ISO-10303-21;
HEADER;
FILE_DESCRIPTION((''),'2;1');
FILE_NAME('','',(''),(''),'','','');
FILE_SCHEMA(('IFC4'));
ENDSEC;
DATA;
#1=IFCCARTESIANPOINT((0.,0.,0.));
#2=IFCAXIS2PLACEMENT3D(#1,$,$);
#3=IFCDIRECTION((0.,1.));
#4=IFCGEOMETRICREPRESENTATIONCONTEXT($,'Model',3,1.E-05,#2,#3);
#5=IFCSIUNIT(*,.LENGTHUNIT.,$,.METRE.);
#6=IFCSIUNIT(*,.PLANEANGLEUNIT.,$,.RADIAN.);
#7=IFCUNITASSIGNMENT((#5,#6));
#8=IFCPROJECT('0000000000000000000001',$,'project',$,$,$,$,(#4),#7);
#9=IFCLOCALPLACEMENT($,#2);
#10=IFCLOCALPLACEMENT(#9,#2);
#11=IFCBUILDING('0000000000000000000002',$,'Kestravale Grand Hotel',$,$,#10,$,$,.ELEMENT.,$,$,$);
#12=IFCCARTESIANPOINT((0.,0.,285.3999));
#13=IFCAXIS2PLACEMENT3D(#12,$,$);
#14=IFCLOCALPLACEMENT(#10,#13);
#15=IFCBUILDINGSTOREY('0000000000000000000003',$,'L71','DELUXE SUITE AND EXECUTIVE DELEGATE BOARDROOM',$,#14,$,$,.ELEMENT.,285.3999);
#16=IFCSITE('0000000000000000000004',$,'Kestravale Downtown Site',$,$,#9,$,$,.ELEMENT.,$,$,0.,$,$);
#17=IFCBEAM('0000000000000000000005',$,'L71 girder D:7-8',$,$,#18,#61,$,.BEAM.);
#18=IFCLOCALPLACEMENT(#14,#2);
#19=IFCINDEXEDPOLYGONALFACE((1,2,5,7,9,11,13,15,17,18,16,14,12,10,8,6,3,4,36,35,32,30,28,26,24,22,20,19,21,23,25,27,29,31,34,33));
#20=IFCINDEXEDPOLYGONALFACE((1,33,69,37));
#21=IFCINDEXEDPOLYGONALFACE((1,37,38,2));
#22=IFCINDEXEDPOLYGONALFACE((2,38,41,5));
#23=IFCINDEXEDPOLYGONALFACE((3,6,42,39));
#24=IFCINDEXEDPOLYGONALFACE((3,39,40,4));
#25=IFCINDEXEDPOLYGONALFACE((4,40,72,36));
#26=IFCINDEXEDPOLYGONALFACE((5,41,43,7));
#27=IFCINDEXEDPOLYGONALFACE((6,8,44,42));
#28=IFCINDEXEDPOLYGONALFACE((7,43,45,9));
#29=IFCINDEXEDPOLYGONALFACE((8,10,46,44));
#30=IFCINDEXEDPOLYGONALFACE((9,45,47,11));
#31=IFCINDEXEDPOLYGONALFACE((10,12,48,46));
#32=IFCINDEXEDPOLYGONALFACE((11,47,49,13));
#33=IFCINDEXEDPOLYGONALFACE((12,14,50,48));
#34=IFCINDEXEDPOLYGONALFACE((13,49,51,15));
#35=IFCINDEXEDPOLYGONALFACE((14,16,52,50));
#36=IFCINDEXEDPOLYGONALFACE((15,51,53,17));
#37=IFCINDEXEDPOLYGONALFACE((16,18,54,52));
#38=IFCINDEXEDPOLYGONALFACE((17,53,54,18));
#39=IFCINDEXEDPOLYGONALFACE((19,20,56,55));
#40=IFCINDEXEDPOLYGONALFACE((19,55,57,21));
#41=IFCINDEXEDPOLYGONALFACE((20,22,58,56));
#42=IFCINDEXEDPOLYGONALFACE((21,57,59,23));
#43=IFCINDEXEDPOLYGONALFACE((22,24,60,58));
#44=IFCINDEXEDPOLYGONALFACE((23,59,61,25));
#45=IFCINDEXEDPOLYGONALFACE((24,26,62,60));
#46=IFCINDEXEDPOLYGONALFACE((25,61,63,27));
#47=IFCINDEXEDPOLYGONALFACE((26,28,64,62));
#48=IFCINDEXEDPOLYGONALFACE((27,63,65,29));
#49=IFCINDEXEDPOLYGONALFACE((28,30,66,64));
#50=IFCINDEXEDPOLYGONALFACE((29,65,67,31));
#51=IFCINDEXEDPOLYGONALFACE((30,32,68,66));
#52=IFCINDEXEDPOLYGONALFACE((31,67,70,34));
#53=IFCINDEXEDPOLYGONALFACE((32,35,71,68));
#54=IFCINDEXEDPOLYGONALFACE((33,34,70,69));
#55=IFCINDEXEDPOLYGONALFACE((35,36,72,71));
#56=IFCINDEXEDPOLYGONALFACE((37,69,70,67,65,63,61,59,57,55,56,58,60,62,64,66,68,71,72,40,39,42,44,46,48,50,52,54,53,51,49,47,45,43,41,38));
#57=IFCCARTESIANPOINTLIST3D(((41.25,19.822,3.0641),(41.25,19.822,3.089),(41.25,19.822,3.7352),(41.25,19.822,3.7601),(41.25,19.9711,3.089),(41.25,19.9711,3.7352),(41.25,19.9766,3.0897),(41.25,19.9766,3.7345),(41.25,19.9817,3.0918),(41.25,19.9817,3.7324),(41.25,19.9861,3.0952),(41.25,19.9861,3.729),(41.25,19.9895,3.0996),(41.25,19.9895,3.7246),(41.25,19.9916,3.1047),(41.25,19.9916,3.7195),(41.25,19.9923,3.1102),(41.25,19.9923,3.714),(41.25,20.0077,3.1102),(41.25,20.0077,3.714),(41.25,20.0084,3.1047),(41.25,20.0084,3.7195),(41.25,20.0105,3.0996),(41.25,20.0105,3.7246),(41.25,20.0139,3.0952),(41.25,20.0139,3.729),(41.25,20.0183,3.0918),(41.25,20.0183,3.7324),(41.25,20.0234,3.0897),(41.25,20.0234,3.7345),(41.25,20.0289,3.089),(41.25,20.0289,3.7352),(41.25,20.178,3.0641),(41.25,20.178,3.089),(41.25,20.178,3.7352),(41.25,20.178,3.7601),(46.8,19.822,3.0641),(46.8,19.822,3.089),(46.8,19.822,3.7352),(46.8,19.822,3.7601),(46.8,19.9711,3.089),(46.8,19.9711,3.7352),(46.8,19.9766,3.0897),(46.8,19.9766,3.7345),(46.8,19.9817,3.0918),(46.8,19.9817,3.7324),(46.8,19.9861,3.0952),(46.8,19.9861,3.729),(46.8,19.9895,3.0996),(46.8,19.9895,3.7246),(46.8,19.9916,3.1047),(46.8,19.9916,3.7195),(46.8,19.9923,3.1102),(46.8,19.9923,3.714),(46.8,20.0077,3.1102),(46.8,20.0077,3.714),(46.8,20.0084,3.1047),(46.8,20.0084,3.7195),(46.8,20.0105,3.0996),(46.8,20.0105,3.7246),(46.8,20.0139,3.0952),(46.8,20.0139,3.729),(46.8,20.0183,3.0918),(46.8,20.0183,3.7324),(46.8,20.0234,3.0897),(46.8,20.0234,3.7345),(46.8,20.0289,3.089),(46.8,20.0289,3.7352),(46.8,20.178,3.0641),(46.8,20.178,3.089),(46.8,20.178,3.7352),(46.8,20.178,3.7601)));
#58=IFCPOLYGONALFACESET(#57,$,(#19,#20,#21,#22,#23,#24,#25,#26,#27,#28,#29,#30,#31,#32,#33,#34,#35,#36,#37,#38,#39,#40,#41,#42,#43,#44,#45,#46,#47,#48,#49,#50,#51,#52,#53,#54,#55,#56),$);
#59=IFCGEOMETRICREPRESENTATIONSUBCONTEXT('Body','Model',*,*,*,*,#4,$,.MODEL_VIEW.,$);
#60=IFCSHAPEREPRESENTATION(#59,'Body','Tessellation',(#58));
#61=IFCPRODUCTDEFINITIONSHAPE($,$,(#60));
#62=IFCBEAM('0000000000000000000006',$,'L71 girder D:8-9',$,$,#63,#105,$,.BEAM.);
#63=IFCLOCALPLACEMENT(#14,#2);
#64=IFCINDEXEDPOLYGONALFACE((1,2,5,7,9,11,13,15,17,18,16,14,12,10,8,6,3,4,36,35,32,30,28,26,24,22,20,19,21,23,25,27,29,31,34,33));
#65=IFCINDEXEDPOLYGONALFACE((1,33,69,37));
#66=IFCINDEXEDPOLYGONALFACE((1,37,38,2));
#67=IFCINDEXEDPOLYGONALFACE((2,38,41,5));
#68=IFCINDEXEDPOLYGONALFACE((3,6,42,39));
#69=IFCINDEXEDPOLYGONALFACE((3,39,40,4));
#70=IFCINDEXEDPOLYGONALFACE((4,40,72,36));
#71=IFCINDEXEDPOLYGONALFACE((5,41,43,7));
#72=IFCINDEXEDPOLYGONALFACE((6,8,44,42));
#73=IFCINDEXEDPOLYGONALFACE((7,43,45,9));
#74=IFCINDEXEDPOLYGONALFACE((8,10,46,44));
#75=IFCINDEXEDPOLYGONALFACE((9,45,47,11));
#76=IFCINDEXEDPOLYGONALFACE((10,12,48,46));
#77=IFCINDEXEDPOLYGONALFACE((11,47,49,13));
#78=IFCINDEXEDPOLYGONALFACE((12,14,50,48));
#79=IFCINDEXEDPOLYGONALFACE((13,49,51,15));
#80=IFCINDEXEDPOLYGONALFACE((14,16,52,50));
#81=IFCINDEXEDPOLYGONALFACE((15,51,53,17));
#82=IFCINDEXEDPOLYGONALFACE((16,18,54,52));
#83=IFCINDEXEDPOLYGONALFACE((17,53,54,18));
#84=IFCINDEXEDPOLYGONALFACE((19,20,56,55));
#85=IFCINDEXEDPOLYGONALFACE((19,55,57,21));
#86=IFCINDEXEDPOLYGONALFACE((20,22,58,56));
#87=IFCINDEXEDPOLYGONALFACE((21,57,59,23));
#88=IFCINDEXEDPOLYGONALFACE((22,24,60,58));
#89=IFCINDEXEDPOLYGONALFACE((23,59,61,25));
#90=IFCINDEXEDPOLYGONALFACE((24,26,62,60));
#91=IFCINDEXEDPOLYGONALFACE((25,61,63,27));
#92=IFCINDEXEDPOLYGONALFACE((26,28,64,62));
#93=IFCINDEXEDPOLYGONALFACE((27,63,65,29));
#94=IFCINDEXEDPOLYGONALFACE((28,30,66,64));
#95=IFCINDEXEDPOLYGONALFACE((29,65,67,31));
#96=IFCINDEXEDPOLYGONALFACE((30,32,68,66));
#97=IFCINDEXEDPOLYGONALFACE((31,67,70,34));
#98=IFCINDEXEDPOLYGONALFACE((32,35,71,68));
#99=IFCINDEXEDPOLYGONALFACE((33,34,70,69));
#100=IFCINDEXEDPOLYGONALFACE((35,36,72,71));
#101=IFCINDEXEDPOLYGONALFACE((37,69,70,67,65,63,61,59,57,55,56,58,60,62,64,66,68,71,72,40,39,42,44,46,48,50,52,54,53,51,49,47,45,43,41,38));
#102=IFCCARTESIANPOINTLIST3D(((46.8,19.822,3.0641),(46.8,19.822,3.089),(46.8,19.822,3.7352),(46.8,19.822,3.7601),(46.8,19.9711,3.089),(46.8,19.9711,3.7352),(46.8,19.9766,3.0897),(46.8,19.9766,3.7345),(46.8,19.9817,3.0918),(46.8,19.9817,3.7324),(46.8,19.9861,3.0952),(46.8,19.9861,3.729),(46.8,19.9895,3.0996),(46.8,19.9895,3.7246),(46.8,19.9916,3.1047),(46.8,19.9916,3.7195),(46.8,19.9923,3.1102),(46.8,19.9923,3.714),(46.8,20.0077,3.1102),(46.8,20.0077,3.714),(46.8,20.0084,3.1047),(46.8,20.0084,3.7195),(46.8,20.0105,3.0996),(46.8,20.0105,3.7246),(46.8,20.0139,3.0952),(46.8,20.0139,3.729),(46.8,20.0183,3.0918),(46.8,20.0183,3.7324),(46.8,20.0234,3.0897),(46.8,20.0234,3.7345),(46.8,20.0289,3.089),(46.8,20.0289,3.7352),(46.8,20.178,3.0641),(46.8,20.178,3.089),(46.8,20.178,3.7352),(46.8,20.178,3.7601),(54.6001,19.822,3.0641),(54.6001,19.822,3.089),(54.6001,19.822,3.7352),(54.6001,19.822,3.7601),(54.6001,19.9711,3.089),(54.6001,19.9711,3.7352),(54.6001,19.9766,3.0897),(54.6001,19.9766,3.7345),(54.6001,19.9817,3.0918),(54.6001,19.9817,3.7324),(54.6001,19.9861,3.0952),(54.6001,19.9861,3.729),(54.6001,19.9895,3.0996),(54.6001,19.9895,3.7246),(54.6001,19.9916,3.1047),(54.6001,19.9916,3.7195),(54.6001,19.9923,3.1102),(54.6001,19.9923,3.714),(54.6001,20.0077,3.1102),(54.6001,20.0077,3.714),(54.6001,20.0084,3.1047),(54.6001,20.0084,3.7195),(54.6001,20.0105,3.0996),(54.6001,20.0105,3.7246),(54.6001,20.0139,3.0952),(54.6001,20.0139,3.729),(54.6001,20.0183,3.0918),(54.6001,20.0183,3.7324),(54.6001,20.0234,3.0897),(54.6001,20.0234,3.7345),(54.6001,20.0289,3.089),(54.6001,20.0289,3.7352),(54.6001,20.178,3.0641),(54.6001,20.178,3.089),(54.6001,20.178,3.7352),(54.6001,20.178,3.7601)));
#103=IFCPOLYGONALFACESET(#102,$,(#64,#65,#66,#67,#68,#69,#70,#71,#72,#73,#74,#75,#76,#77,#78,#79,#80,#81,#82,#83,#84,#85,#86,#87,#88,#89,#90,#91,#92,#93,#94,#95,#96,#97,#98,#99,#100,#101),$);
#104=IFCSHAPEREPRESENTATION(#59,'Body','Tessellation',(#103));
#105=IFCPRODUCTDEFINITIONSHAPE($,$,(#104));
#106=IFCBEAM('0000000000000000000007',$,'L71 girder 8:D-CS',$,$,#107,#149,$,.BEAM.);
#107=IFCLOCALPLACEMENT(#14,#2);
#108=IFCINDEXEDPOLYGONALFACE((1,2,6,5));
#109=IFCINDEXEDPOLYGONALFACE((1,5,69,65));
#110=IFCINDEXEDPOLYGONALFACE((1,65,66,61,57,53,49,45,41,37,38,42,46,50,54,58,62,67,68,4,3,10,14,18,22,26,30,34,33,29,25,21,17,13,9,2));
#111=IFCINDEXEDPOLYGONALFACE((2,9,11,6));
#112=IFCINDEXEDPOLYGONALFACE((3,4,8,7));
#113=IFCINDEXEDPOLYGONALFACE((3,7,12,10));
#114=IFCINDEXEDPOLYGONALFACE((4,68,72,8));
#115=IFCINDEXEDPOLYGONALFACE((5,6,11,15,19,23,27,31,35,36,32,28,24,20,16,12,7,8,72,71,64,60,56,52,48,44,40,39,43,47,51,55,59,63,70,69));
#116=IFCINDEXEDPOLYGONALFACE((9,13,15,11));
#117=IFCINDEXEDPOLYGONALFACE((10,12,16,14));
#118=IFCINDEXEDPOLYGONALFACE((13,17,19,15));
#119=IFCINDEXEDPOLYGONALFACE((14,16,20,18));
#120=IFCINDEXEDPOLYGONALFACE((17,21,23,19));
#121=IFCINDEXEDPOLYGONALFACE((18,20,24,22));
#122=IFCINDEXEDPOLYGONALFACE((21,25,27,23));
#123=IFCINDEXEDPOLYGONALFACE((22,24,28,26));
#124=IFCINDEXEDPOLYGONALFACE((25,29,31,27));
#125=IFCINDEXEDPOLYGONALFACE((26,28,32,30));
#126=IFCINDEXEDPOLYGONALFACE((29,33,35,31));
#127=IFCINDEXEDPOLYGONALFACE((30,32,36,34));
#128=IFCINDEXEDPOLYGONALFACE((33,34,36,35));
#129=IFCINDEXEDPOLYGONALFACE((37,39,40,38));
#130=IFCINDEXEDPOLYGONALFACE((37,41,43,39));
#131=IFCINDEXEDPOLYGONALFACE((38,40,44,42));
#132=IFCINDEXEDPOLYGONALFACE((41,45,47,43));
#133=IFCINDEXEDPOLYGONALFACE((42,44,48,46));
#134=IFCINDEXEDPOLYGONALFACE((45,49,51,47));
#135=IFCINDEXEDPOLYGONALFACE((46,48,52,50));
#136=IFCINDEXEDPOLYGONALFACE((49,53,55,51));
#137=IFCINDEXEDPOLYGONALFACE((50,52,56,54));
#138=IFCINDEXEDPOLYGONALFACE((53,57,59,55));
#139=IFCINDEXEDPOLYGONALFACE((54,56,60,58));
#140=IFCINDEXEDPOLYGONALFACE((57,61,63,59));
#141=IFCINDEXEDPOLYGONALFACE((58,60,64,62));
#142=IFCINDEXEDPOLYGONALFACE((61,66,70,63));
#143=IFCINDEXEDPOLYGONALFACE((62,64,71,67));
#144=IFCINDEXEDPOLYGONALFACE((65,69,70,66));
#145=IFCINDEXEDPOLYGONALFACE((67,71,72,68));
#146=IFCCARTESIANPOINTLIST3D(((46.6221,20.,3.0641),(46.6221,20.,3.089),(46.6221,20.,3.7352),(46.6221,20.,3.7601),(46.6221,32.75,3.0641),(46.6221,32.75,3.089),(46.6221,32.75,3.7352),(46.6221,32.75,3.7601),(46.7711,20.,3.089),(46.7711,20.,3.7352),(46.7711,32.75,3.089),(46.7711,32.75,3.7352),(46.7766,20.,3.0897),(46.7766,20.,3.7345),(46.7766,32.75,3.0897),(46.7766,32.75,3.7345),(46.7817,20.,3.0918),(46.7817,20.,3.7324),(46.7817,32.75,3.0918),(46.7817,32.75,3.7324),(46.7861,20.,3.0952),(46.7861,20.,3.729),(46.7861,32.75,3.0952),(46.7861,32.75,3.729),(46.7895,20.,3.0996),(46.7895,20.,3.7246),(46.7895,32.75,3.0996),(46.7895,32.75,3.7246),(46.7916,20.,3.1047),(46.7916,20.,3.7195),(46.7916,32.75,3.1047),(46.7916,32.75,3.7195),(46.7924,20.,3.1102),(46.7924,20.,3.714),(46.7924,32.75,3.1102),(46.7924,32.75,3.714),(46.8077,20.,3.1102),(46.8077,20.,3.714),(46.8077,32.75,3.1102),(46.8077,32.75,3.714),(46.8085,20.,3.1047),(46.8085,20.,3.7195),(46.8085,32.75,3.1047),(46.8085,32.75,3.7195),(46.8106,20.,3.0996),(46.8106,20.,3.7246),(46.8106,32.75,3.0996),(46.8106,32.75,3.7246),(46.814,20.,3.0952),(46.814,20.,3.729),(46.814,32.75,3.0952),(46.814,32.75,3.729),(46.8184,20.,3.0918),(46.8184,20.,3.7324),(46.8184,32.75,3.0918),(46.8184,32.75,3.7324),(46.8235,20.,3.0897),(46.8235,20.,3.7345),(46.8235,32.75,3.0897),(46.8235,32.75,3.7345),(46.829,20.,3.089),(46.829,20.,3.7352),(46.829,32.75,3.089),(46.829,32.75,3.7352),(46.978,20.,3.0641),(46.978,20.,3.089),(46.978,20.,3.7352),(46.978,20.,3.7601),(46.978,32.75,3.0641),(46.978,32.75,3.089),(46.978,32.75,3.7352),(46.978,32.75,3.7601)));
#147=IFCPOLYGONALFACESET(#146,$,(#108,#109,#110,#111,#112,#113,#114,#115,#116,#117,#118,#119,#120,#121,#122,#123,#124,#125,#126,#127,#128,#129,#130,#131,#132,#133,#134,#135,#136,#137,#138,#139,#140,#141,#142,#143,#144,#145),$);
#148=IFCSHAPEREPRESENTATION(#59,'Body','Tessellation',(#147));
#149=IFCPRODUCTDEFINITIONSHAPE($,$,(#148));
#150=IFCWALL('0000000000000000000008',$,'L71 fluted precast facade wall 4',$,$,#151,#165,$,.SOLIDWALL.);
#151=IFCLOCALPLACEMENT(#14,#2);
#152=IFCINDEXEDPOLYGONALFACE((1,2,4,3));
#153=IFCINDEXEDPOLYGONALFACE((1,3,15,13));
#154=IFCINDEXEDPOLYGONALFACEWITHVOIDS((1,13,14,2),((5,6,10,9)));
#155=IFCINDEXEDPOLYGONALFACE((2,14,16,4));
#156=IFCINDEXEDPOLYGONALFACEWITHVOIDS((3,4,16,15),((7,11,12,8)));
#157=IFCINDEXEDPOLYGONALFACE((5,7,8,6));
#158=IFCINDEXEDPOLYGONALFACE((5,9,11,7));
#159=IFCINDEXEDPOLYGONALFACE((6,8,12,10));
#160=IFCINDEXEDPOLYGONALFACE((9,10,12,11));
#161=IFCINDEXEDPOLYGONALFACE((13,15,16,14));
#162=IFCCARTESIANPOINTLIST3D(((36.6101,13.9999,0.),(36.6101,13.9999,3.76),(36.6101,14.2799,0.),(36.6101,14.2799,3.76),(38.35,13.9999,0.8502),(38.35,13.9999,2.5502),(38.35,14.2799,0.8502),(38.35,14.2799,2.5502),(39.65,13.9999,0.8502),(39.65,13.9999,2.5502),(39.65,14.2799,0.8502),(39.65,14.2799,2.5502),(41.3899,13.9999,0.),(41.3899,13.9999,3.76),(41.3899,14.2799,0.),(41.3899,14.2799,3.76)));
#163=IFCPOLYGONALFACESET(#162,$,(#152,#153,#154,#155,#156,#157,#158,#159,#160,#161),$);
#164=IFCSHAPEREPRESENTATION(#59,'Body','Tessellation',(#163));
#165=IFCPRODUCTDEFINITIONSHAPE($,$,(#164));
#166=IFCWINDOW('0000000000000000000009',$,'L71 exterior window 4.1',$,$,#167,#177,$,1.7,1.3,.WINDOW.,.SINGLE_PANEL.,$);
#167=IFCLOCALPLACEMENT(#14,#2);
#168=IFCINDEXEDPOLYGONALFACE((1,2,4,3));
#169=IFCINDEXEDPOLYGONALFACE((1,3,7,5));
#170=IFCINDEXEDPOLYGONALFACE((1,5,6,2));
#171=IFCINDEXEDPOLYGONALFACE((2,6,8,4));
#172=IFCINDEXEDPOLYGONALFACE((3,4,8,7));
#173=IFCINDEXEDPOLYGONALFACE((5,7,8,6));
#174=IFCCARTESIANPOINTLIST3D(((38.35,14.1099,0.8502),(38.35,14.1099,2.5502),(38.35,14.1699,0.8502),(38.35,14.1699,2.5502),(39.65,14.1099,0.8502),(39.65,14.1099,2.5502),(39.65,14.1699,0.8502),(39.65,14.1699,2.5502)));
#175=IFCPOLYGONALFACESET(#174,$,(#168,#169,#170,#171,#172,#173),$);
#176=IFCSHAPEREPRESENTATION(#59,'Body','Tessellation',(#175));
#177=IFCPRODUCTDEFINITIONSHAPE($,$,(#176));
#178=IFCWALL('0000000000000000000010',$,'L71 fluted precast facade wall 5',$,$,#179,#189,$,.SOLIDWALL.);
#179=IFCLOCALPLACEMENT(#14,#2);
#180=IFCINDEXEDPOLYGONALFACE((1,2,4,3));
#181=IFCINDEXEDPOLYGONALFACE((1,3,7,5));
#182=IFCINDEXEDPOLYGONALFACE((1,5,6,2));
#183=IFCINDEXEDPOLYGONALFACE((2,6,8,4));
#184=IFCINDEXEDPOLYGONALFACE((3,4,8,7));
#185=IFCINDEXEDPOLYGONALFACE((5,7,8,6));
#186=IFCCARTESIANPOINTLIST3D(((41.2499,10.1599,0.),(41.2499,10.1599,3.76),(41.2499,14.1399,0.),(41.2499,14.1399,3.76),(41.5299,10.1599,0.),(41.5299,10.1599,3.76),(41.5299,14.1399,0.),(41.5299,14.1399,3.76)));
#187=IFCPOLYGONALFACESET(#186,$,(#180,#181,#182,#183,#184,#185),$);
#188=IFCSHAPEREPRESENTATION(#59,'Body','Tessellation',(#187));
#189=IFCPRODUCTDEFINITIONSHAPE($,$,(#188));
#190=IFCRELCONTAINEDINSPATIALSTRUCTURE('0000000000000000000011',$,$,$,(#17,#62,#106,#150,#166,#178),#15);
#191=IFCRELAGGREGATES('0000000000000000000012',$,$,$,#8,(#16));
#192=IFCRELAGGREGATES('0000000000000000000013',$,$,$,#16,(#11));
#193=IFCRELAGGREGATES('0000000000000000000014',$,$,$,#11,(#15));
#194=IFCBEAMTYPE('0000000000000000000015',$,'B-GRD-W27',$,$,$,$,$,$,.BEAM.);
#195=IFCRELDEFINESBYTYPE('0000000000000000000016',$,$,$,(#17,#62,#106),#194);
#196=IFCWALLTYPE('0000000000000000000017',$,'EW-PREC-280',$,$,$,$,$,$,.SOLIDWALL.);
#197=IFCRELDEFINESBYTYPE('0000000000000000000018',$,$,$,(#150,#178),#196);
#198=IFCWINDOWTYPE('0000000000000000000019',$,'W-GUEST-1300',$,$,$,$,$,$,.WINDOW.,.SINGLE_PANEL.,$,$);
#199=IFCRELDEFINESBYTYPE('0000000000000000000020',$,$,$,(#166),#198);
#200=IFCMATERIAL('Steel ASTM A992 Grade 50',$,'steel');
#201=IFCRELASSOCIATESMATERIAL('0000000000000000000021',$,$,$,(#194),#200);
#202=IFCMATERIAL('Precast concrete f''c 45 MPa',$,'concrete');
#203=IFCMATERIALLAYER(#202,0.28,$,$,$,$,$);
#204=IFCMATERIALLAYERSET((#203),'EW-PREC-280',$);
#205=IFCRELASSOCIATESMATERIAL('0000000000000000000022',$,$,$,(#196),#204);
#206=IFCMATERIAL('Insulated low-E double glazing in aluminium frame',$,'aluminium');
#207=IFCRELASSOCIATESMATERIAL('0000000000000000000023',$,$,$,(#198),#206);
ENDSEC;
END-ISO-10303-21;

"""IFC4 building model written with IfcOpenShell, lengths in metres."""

from ifc_helpers import new_model, si_unit, direction, frame, frame_2d, origin, origin_2d, place, context, subcontext, project, spatial, rectangle, i_section, extrude, material, layer, layer_set, material_profile, profile_set, type_object, element, fill, save


model = new_model("IFC4")

# Units and contexts
model_context = context("Model", 3, precision=1e-05, world=origin(), true_north=direction((0.0, 1.0)))
body_context = subcontext(model_context, "Body", "Model", "MODEL_VIEW")
ifc_project = project(units=[si_unit("LENGTHUNIT", "METRE"), si_unit("PLANEANGLEUNIT", "RADIAN")], contexts=[model_context])

# Site, building, storey
site_placement = place(None, origin())
site = spatial("IfcSite", under=ifc_project, at=site_placement, Name="Kestravale Downtown Site", CompositionType="ELEMENT", RefElevation=0.0)
building_placement = place(site_placement, origin())
building = spatial("IfcBuilding", under=site, at=building_placement, Name="Kestravale Grand Hotel", CompositionType="ELEMENT")
storey_placement = place(building_placement, frame((0.0, 0.0, 285.3999)))
storey = spatial("IfcBuildingStorey", under=building, at=storey_placement, Name="L71", Description="DELUXE SUITE AND EXECUTIVE DELEGATE BOARDROOM", CompositionType="ELEMENT", Elevation=285.3999)

# Beams
ifc_material_1 = material(Name="Steel ASTM A992 Grade 50", Category="steel")
ifc_material_profile_1 = material_profile(ifc_material_1, i_section(OverallWidth=0.356, OverallDepth=0.696, WebThickness=0.0154, FlangeThickness=0.0249, FilletRadius=0.0212, at=origin_2d()))
ifc_profile_set_1 = profile_set([ifc_material_profile_1], Name="Steel ASTM A992 Grade 50")
beam_type = type_object("IfcBeamType", Name="B-GRD-W27", PredefinedType="BEAM", material=ifc_profile_set_1)
beam_1_placement = place(storey_placement, frame((41.25, 20.0, 3.4121), z_axis=(1.0, 0.0, 0.0), x_axis=(0.0, 1.0, 0.0)))
element("IfcBeam", 1, at=beam_1_placement, inside=storey, type_object=beam_type, Name="L71 girder D:7-8", PredefinedType="BEAM", context=body_context, shape_type="SweptSolid", body=[
    extrude(i_section(OverallWidth=0.356, OverallDepth=0.696, WebThickness=0.0154, FlangeThickness=0.0249, FilletRadius=0.0212, at=origin_2d()), origin(), (0.0, 0.0, 1.0), 5.55),
])
beam_2_placement = place(storey_placement, frame((46.8, 20.0, 3.4121), z_axis=(1.0, 0.0, 0.0), x_axis=(0.0, 1.0, 0.0)))
element("IfcBeam", 2, at=beam_2_placement, inside=storey, type_object=beam_type, Name="L71 girder D:8-9", PredefinedType="BEAM", context=body_context, shape_type="SweptSolid", body=[
    extrude(i_section(OverallWidth=0.356, OverallDepth=0.696, WebThickness=0.0154, FlangeThickness=0.0249, FilletRadius=0.0212, at=origin_2d()), origin(), (0.0, 0.0, 1.0), 7.8),
])
beam_3_placement = place(storey_placement, frame((46.8, 20.0, 3.4121), z_axis=(0.0, 1.0, 0.0), x_axis=(-1.0, 0.0, 0.0)))
element("IfcBeam", 3, at=beam_3_placement, inside=storey, type_object=beam_type, Name="L71 girder 8:D-CS", PredefinedType="BEAM", context=body_context, shape_type="SweptSolid", body=[
    extrude(i_section(OverallWidth=0.356, OverallDepth=0.696, WebThickness=0.0154, FlangeThickness=0.0249, FilletRadius=0.0212, at=origin_2d()), origin(), (0.0, 0.0, 1.0), 12.75),
])

# Wall, opening, window
ifc_material_2 = material(Name="Precast concrete f'c 45 MPa", Category="concrete")
ifc_layer_1 = layer(ifc_material_2, 0.28)
ifc_layer_set_1 = layer_set([ifc_layer_1], Name="EW-PREC-280")
wall_type_1 = type_object("IfcWallType", Name="EW-PREC-280", PredefinedType="SOLIDWALL", material=ifc_layer_set_1)
wall_1_placement = place(storey_placement, frame((36.6101, 14.1399, 0.0), z_axis=(0.0, 0.0, 1.0), x_axis=(1.0, 0.0, 0.0)))
wall_1 = element("IfcWall", 4, at=wall_1_placement, inside=storey, type_object=wall_type_1, Name="L71 fluted precast facade wall 4", PredefinedType="SOLIDWALL", context=body_context, shape_type="SweptSolid", body=[
    extrude(rectangle(XDim=4.7798, YDim=0.28, at=frame_2d((2.3899, 0.0))), origin(), (0.0, 0.0, 1.0), 3.76),
])
opening_1_placement = place(wall_1_placement, frame((1.74, 0.0, 0.8501)))
opening_1 = element("IfcOpeningElement", 5, at=opening_1_placement, cuts=wall_1, PredefinedType="OPENING", context=body_context, shape_type="SweptSolid", body=[
    extrude(rectangle(XDim=1.3, YDim=1.7, at=frame_2d((0.6499, 0.8501))), frame((0.0, 0.1499, 0.0), z_axis=(0.0, -1.0, 0.0), x_axis=(1.0, 0.0, 0.0)), (0.0, 0.0, 1.0), 0.3),
])
ifc_material_3 = material(Name="Insulated low-E double glazing in aluminium frame", Category="aluminium")
window_type = type_object("IfcWindowType", Name="W-GUEST-1300", PartitioningType="SINGLE_PANEL", PredefinedType="WINDOW", material=ifc_material_3)
window_placement = place(opening_1_placement, origin())
window = element("IfcWindow", 6, at=window_placement, inside=storey, type_object=window_type, Name="L71 exterior window 4.1", OverallHeight=1.7, OverallWidth=1.3, PartitioningType="SINGLE_PANEL", PredefinedType="WINDOW", context=body_context, shape_type="SweptSolid", body=[
    extrude(rectangle(XDim=1.3, YDim=1.7, at=frame_2d((0.6499, 0.8501))), frame((0.0, 0.03, 0.0), z_axis=(0.0, -1.0, 0.0), x_axis=(1.0, 0.0, 0.0)), (0.0, 0.0, 1.0), 0.0601),
])
fill(opening_1, window)

# Wall
wall_2_placement = place(storey_placement, frame((41.3899, 14.1399, 0.0), z_axis=(0.0, 0.0, 1.0), x_axis=(0.0, -1.0, 0.0)))
element("IfcWall", 7, at=wall_2_placement, inside=storey, type_object=wall_type_1, Name="L71 fluted precast facade wall 5", PredefinedType="SOLIDWALL", context=body_context, shape_type="SweptSolid", body=[
    extrude(rectangle(XDim=3.98, YDim=0.28, at=frame_2d((1.99, 0.0))), origin(), (0.0, 0.0, 1.0), 3.76),
])

save(model, "model.ifc")
